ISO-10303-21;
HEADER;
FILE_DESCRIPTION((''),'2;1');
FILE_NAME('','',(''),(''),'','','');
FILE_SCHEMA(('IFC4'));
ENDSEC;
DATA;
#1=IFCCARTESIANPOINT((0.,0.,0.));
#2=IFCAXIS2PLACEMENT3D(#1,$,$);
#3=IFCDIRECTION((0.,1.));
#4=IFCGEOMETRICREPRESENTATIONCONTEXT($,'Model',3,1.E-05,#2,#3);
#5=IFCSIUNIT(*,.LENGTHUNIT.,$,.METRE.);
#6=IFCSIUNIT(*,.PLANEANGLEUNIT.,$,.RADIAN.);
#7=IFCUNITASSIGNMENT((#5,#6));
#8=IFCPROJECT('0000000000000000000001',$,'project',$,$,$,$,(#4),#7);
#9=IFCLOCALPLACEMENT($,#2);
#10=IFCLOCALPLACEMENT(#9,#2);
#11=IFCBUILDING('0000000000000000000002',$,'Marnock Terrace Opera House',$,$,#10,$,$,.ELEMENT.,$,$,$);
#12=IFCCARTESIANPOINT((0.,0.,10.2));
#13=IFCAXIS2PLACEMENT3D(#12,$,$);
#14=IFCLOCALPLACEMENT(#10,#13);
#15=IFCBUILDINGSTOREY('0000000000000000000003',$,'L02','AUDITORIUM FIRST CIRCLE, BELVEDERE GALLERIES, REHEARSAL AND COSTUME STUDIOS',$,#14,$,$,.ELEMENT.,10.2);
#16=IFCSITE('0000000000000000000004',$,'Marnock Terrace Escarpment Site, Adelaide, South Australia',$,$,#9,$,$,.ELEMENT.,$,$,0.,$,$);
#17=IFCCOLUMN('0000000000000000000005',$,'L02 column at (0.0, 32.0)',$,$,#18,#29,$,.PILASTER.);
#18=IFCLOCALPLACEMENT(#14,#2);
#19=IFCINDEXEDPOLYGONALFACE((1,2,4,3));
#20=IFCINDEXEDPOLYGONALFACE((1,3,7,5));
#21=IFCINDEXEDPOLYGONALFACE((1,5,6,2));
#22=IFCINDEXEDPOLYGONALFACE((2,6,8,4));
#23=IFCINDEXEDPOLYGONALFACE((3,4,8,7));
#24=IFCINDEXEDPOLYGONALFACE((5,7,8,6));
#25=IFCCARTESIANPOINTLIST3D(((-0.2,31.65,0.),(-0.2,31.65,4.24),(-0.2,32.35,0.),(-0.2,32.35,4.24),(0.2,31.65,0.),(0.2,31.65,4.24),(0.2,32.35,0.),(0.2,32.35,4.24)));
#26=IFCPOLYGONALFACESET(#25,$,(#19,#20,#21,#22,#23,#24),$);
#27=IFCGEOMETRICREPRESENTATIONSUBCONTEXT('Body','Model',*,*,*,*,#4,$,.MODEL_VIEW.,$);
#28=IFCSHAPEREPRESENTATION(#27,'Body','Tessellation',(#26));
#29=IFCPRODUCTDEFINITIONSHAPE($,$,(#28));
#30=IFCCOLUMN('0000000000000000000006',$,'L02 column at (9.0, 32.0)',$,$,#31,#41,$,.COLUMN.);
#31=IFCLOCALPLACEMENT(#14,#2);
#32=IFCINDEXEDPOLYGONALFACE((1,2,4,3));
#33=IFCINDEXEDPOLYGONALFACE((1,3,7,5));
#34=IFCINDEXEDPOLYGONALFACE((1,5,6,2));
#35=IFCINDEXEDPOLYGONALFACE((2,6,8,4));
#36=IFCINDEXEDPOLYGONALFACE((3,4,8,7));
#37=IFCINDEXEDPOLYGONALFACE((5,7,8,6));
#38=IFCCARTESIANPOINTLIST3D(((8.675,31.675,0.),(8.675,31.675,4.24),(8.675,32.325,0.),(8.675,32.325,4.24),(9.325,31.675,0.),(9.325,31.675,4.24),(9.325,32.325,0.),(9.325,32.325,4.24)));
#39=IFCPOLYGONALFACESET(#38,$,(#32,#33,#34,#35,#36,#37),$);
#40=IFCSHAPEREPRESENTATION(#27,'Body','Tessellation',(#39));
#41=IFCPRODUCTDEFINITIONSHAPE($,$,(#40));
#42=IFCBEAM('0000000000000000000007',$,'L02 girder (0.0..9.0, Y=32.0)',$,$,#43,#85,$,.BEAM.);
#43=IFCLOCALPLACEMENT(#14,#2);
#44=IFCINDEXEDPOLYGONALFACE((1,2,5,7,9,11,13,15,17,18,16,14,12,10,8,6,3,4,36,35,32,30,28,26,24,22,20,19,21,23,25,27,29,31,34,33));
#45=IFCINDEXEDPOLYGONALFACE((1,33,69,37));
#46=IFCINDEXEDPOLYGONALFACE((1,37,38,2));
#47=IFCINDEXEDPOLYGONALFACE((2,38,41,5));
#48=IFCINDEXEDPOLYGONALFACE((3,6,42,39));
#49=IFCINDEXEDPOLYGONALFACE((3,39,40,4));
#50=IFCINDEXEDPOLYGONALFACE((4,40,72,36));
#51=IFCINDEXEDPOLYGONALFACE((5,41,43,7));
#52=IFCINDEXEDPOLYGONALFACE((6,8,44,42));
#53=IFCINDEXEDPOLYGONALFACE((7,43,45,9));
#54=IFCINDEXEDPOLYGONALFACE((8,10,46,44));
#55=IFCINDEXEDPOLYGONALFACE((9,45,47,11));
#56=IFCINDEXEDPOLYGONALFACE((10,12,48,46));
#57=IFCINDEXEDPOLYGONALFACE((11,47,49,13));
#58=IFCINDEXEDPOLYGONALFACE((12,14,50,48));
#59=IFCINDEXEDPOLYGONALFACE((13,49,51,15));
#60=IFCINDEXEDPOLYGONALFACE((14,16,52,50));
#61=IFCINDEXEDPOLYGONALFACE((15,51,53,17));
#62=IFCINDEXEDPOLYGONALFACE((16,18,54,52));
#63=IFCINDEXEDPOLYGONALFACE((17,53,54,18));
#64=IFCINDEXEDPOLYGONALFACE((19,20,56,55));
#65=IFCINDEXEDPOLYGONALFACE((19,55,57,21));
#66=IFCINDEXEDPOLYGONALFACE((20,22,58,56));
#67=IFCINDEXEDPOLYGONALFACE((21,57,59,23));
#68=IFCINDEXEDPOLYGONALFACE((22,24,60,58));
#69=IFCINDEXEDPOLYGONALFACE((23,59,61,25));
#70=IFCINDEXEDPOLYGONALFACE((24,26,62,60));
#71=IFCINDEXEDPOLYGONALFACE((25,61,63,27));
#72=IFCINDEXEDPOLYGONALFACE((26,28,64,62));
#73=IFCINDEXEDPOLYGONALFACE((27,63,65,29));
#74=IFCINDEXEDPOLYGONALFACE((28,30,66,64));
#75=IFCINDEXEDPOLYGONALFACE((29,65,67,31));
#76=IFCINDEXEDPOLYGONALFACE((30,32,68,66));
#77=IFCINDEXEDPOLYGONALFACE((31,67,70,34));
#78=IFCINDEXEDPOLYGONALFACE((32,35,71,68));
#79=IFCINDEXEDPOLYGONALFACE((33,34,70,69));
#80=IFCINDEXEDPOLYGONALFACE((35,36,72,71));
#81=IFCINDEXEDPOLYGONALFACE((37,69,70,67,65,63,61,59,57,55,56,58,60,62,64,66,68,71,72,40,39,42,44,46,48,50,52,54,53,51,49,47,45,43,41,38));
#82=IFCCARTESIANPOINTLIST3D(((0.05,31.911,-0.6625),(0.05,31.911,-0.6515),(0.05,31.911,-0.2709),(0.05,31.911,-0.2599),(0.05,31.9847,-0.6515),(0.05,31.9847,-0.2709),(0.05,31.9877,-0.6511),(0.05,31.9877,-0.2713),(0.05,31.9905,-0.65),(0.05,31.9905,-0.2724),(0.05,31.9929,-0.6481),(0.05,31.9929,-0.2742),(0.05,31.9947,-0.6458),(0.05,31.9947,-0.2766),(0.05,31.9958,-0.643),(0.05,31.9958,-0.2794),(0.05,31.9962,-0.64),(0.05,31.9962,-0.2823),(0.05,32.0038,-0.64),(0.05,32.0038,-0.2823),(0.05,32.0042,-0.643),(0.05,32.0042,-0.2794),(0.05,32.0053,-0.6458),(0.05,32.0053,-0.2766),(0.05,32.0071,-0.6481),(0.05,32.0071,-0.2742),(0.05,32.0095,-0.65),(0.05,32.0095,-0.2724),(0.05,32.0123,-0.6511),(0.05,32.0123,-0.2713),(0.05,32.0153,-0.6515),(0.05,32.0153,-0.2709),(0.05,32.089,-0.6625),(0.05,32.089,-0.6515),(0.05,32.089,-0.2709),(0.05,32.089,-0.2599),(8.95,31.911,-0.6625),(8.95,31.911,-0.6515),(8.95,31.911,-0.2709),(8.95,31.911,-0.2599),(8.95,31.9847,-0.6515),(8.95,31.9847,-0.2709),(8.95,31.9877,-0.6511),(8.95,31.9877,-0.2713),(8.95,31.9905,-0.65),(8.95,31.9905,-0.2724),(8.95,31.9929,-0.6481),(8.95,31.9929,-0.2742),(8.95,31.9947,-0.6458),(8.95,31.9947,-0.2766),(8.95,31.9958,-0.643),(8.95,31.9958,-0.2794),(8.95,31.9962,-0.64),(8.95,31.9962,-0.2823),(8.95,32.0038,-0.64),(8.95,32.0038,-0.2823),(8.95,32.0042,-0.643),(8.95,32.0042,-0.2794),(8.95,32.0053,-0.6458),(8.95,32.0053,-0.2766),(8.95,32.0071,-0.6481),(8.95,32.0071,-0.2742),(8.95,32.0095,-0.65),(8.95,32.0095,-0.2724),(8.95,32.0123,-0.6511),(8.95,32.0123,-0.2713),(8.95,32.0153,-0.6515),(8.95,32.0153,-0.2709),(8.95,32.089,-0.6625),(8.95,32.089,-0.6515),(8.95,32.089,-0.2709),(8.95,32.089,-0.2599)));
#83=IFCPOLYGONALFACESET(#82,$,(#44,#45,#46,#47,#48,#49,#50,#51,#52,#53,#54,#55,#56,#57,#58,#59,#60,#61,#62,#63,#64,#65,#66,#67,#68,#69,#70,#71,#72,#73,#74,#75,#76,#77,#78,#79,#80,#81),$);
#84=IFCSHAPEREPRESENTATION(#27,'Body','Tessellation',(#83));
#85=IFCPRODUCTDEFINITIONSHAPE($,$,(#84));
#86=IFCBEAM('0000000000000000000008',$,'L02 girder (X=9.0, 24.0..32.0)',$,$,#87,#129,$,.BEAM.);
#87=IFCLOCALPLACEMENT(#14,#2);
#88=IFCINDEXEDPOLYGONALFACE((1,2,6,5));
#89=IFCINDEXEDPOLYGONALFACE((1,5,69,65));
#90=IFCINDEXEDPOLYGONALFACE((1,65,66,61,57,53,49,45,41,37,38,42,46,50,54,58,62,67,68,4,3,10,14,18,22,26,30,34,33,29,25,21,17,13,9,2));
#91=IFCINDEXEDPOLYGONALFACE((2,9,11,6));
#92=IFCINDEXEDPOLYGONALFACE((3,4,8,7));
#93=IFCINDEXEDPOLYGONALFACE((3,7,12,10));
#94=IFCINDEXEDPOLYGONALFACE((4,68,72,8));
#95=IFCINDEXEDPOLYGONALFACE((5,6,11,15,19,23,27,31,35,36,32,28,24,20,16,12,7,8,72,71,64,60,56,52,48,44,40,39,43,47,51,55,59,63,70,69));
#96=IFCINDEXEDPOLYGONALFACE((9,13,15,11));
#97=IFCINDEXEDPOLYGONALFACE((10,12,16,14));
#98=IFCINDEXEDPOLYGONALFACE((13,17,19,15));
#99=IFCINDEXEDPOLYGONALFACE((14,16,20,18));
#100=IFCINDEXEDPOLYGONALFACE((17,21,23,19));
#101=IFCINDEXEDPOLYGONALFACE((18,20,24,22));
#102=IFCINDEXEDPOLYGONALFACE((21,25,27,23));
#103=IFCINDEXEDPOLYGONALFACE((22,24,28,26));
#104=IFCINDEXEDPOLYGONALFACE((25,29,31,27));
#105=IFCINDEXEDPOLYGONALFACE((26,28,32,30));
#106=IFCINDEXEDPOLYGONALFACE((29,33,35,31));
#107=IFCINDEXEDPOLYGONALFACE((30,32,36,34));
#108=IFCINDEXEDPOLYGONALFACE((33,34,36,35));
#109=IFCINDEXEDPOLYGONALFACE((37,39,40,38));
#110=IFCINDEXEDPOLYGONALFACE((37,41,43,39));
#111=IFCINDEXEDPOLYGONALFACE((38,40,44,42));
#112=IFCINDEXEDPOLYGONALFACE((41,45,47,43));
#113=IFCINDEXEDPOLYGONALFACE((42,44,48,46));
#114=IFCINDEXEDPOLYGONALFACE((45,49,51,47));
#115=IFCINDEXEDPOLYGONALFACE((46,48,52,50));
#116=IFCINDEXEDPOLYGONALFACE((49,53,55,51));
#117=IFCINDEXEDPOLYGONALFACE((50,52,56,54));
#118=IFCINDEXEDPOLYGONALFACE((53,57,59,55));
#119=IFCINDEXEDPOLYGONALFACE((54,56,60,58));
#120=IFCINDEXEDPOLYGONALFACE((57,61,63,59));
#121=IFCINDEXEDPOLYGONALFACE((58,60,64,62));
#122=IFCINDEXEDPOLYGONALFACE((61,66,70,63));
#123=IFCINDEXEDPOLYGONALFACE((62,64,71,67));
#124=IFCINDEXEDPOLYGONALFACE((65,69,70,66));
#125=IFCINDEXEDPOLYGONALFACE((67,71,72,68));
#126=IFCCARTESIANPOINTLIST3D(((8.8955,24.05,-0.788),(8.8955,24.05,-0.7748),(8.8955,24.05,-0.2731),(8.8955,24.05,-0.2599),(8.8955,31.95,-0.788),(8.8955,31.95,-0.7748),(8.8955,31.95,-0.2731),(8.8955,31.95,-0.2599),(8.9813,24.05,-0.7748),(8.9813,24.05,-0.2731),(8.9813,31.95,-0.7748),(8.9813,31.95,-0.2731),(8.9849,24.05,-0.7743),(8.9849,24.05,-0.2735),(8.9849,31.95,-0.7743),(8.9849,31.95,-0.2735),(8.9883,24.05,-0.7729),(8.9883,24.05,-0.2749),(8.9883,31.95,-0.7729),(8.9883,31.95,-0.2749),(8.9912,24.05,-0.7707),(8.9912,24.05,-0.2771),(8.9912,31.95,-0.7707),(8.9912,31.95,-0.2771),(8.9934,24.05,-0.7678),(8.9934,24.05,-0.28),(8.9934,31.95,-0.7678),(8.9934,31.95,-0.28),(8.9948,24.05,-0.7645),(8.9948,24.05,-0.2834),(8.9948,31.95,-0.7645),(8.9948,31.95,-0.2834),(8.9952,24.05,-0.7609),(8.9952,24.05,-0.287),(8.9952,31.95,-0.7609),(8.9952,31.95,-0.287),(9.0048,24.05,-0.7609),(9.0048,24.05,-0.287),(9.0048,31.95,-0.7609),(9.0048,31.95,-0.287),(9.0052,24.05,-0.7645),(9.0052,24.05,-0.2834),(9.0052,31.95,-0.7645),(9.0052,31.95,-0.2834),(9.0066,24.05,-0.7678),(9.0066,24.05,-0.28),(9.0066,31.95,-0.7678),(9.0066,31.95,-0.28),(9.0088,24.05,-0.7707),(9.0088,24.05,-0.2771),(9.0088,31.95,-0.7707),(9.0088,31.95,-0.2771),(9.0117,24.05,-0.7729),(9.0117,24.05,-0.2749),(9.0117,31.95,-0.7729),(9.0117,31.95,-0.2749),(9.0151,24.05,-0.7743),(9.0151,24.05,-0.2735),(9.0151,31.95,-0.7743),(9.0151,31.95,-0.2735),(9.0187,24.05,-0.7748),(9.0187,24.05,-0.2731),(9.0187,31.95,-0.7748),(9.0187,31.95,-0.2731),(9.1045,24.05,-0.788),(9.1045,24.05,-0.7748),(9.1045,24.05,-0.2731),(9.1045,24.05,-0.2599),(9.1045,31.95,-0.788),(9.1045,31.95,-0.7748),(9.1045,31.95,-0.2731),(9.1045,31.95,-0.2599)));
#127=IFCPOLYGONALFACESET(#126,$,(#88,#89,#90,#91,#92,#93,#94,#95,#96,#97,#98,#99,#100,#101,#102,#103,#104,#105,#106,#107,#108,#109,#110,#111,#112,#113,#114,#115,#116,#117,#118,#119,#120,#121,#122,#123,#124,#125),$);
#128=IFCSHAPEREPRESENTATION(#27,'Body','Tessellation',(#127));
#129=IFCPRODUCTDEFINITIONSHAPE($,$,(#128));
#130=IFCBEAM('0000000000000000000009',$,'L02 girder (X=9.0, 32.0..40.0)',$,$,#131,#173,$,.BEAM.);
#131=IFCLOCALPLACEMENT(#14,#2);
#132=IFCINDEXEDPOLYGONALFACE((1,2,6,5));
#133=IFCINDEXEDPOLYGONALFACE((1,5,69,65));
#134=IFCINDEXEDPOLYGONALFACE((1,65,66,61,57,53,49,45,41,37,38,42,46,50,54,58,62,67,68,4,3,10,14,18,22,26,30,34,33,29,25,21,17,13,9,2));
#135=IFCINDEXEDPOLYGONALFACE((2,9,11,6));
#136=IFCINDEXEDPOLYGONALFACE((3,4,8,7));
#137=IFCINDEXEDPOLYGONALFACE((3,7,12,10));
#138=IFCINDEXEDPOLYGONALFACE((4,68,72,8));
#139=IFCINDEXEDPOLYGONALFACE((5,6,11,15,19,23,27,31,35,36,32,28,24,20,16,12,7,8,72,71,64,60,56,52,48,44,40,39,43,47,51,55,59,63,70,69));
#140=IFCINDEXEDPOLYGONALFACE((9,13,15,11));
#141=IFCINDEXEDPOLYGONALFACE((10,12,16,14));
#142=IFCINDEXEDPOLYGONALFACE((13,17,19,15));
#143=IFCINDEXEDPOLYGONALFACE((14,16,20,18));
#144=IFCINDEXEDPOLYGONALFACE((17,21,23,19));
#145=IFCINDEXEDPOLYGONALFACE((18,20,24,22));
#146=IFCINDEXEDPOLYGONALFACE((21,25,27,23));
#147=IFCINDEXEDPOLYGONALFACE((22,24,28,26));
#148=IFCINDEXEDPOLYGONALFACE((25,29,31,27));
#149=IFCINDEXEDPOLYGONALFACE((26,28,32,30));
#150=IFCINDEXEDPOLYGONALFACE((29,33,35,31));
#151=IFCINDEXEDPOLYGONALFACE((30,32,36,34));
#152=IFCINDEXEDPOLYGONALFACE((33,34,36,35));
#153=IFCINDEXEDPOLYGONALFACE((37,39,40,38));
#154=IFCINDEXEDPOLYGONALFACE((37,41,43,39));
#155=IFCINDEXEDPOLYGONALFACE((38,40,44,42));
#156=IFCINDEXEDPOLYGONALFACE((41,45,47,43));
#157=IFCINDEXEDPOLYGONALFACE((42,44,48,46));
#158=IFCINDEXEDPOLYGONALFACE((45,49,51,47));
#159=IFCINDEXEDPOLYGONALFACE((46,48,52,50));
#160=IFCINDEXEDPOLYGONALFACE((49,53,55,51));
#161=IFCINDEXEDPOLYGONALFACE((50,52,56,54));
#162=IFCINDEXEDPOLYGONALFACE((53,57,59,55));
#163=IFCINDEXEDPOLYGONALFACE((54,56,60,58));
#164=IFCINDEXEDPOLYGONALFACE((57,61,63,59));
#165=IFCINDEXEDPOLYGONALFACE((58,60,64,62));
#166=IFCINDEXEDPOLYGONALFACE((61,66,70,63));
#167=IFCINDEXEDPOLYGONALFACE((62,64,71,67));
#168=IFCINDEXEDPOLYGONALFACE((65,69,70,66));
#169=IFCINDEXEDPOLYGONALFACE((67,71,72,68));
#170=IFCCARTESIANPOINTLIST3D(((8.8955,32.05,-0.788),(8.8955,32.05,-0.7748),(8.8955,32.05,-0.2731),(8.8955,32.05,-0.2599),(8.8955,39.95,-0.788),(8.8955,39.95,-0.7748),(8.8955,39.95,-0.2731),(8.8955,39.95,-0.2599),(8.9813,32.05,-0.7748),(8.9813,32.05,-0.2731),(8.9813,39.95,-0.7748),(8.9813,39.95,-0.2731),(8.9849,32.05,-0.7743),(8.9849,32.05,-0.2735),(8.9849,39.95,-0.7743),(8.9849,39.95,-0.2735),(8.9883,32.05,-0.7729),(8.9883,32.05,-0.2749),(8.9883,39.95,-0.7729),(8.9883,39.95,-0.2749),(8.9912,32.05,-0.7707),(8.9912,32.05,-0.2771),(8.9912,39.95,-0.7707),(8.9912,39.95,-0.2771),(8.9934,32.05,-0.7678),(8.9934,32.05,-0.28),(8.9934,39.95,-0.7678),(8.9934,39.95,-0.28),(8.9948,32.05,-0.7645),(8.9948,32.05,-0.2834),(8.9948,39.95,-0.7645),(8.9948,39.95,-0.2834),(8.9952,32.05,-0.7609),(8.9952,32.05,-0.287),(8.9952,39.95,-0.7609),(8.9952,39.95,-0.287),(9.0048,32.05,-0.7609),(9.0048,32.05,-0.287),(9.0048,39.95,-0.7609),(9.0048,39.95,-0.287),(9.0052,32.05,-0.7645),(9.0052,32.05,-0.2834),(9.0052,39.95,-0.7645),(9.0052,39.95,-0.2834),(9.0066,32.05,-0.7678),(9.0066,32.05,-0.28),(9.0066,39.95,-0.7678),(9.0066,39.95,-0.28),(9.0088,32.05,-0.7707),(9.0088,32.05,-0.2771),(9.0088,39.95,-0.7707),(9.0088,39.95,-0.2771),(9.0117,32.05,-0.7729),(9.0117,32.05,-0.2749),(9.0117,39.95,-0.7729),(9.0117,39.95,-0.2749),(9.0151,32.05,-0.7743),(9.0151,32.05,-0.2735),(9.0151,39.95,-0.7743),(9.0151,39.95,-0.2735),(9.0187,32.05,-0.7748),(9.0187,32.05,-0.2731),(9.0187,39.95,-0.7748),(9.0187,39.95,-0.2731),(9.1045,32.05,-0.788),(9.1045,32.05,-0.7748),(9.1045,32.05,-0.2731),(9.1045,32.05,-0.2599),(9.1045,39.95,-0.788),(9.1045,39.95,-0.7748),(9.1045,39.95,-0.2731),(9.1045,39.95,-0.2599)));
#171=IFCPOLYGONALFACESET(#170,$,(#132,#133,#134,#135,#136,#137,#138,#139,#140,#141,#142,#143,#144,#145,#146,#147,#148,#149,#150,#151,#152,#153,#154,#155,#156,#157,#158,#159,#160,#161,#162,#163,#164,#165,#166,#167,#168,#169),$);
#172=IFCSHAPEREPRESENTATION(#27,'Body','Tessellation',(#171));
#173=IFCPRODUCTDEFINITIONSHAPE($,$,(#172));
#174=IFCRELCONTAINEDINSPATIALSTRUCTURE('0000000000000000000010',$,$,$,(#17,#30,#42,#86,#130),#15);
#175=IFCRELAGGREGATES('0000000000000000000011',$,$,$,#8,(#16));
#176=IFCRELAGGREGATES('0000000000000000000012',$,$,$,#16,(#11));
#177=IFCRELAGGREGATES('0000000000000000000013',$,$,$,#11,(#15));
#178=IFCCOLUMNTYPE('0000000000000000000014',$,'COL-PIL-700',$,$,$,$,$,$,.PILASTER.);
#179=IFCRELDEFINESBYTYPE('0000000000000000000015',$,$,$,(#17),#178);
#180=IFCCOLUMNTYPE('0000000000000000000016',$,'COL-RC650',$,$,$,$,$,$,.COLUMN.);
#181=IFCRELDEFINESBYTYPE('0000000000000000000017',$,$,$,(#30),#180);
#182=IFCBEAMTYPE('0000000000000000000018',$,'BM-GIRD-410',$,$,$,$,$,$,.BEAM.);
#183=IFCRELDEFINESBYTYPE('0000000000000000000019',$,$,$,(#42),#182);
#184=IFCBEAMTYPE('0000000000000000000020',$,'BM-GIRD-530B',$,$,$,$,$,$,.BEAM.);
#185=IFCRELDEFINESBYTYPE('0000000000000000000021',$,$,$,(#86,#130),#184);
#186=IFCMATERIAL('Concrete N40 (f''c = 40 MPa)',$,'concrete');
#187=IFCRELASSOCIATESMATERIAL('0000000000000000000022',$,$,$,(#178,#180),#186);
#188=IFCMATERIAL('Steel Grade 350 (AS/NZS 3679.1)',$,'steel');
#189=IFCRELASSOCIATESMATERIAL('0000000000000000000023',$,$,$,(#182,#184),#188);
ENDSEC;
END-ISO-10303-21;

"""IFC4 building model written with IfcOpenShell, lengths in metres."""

from ifc_helpers import new_model, si_unit, direction, frame, origin, origin_2d, place, context, subcontext, project, spatial, rectangle, i_section, extrude, material, material_profile, profile_set, type_object, element, save


model = new_model("IFC4")

# Units and contexts
model_context = context("Model", 3, precision=1e-05, world=origin(), true_north=direction((0.0, 1.0)))
body_context = subcontext(model_context, "Body", "Model", "MODEL_VIEW")
ifc_project = project(units=[si_unit("LENGTHUNIT", "METRE"), si_unit("PLANEANGLEUNIT", "RADIAN")], contexts=[model_context])

# Site, building, storey
site_placement = place(None, origin())
site = spatial("IfcSite", under=ifc_project, at=site_placement, Name="Marnock Terrace Escarpment Site, Adelaide, South Australia", CompositionType="ELEMENT", RefElevation=0.0)
building_placement = place(site_placement, origin())
building = spatial("IfcBuilding", under=site, at=building_placement, Name="Marnock Terrace Opera House", CompositionType="ELEMENT")
storey_placement = place(building_placement, frame((0.0, 0.0, 10.2)))
storey = spatial("IfcBuildingStorey", under=building, at=storey_placement, Name="L02", Description="AUDITORIUM FIRST CIRCLE, BELVEDERE GALLERIES, REHEARSAL AND COSTUME STUDIOS", CompositionType="ELEMENT", Elevation=10.2)

# Columns
ifc_material_1 = material(Name="Concrete N40 (f'c = 40 MPa)", Category="concrete")
ifc_material_profile_1 = material_profile(ifc_material_1, rectangle(XDim=0.3999, YDim=0.7, at=origin_2d()))
ifc_profile_set_1 = profile_set([ifc_material_profile_1], Name="Concrete N40 (f'c = 40 MPa)")
column_type_1 = type_object("IfcColumnType", Name="COL-PIL-700", PredefinedType="PILASTER", material=ifc_profile_set_1)
column_1_placement = place(storey_placement, frame((0.0, 32.0, 0.0), z_axis=(0.0, 0.0, 1.0), x_axis=(1.0, 0.0, 0.0)))
element("IfcColumn", 1, at=column_1_placement, inside=storey, type_object=column_type_1, Name="L02 column at (0.0, 32.0)", PredefinedType="PILASTER", context=body_context, shape_type="SweptSolid", body=[
    extrude(rectangle(XDim=0.3999, YDim=0.7, at=origin_2d()), origin(), (0.0, 0.0, 1.0), 4.24),
])
ifc_material_profile_2 = material_profile(ifc_material_1, rectangle(XDim=0.6499, YDim=0.6499, at=origin_2d()))
ifc_profile_set_2 = profile_set([ifc_material_profile_2], Name="Concrete N40 (f'c = 40 MPa)")
column_type_2 = type_object("IfcColumnType", Name="COL-RC650", PredefinedType="COLUMN", material=ifc_profile_set_2)
column_2_placement = place(storey_placement, frame((9.0, 32.0, 0.0), z_axis=(0.0, 0.0, 1.0), x_axis=(1.0, 0.0, 0.0)))
element("IfcColumn", 2, at=column_2_placement, inside=storey, type_object=column_type_2, Name="L02 column at (9.0, 32.0)", PredefinedType="COLUMN", context=body_context, shape_type="SweptSolid", body=[
    extrude(rectangle(XDim=0.6499, YDim=0.6499, at=origin_2d()), origin(), (0.0, 0.0, 1.0), 4.24),
])

# Beams
ifc_material_2 = material(Name="Steel Grade 350 (AS/NZS 3679.1)", Category="steel")
ifc_material_profile_3 = material_profile(ifc_material_2, i_section(OverallWidth=0.178, OverallDepth=0.4026, WebThickness=0.0076, FlangeThickness=0.011, FilletRadius=0.0115, at=origin_2d()))
ifc_profile_set_3 = profile_set([ifc_material_profile_3], Name="Steel Grade 350 (AS/NZS 3679.1)")
beam_type_1 = type_object("IfcBeamType", Name="BM-GIRD-410", PredefinedType="BEAM", material=ifc_profile_set_3)
beam_placement = place(storey_placement, frame((0.05, 32.0, -0.4612), z_axis=(1.0, 0.0, 0.0), x_axis=(0.0, 1.0, 0.0)))
element("IfcBeam", 3, at=beam_placement, inside=storey, type_object=beam_type_1, Name="L02 girder (0.0..9.0, Y=32.0)", PredefinedType="BEAM", context=body_context, shape_type="SweptSolid", body=[
    extrude(i_section(OverallWidth=0.178, OverallDepth=0.4026, WebThickness=0.0076, FlangeThickness=0.011, FilletRadius=0.0115, at=origin_2d()), origin(), (0.0, 0.0, 1.0), 8.8999),
])
ifc_material_profile_4 = material_profile(ifc_material_2, i_section(OverallWidth=0.209, OverallDepth=0.5281, WebThickness=0.0095, FlangeThickness=0.0132, FilletRadius=0.0139, at=origin_2d()))
ifc_profile_set_4 = profile_set([ifc_material_profile_4], Name="Steel Grade 350 (AS/NZS 3679.1)")
beam_type_2 = type_object("IfcBeamType", Name="BM-GIRD-530B", PredefinedType="BEAM", material=ifc_profile_set_4)
for number, where, z_axis, x_axis, name in (
    (4, (9.0, 24.05, -0.5239), (0.0, 1.0, 0.0), (-1.0, 0.0, 0.0), "L02 girder (X=9.0, 24.0..32.0)"),
    (5, (9.0, 32.05, -0.5239), (0.0, 1.0, 0.0), (-1.0, 0.0, 0.0), "L02 girder (X=9.0, 32.0..40.0)"),
):
    element("IfcBeam", number, at=place(storey_placement, frame(where, z_axis=z_axis, x_axis=x_axis)), inside=storey, type_object=beam_type_2, Name=name, PredefinedType="BEAM", context=body_context, shape_type="SweptSolid", body=[
        extrude(i_section(OverallWidth=0.209, OverallDepth=0.5281, WebThickness=0.0095, FlangeThickness=0.0132, FilletRadius=0.0139, at=origin_2d()), origin(), (0.0, 0.0, 1.0), 7.8999),
    ])

save(model, "model.ifc")
